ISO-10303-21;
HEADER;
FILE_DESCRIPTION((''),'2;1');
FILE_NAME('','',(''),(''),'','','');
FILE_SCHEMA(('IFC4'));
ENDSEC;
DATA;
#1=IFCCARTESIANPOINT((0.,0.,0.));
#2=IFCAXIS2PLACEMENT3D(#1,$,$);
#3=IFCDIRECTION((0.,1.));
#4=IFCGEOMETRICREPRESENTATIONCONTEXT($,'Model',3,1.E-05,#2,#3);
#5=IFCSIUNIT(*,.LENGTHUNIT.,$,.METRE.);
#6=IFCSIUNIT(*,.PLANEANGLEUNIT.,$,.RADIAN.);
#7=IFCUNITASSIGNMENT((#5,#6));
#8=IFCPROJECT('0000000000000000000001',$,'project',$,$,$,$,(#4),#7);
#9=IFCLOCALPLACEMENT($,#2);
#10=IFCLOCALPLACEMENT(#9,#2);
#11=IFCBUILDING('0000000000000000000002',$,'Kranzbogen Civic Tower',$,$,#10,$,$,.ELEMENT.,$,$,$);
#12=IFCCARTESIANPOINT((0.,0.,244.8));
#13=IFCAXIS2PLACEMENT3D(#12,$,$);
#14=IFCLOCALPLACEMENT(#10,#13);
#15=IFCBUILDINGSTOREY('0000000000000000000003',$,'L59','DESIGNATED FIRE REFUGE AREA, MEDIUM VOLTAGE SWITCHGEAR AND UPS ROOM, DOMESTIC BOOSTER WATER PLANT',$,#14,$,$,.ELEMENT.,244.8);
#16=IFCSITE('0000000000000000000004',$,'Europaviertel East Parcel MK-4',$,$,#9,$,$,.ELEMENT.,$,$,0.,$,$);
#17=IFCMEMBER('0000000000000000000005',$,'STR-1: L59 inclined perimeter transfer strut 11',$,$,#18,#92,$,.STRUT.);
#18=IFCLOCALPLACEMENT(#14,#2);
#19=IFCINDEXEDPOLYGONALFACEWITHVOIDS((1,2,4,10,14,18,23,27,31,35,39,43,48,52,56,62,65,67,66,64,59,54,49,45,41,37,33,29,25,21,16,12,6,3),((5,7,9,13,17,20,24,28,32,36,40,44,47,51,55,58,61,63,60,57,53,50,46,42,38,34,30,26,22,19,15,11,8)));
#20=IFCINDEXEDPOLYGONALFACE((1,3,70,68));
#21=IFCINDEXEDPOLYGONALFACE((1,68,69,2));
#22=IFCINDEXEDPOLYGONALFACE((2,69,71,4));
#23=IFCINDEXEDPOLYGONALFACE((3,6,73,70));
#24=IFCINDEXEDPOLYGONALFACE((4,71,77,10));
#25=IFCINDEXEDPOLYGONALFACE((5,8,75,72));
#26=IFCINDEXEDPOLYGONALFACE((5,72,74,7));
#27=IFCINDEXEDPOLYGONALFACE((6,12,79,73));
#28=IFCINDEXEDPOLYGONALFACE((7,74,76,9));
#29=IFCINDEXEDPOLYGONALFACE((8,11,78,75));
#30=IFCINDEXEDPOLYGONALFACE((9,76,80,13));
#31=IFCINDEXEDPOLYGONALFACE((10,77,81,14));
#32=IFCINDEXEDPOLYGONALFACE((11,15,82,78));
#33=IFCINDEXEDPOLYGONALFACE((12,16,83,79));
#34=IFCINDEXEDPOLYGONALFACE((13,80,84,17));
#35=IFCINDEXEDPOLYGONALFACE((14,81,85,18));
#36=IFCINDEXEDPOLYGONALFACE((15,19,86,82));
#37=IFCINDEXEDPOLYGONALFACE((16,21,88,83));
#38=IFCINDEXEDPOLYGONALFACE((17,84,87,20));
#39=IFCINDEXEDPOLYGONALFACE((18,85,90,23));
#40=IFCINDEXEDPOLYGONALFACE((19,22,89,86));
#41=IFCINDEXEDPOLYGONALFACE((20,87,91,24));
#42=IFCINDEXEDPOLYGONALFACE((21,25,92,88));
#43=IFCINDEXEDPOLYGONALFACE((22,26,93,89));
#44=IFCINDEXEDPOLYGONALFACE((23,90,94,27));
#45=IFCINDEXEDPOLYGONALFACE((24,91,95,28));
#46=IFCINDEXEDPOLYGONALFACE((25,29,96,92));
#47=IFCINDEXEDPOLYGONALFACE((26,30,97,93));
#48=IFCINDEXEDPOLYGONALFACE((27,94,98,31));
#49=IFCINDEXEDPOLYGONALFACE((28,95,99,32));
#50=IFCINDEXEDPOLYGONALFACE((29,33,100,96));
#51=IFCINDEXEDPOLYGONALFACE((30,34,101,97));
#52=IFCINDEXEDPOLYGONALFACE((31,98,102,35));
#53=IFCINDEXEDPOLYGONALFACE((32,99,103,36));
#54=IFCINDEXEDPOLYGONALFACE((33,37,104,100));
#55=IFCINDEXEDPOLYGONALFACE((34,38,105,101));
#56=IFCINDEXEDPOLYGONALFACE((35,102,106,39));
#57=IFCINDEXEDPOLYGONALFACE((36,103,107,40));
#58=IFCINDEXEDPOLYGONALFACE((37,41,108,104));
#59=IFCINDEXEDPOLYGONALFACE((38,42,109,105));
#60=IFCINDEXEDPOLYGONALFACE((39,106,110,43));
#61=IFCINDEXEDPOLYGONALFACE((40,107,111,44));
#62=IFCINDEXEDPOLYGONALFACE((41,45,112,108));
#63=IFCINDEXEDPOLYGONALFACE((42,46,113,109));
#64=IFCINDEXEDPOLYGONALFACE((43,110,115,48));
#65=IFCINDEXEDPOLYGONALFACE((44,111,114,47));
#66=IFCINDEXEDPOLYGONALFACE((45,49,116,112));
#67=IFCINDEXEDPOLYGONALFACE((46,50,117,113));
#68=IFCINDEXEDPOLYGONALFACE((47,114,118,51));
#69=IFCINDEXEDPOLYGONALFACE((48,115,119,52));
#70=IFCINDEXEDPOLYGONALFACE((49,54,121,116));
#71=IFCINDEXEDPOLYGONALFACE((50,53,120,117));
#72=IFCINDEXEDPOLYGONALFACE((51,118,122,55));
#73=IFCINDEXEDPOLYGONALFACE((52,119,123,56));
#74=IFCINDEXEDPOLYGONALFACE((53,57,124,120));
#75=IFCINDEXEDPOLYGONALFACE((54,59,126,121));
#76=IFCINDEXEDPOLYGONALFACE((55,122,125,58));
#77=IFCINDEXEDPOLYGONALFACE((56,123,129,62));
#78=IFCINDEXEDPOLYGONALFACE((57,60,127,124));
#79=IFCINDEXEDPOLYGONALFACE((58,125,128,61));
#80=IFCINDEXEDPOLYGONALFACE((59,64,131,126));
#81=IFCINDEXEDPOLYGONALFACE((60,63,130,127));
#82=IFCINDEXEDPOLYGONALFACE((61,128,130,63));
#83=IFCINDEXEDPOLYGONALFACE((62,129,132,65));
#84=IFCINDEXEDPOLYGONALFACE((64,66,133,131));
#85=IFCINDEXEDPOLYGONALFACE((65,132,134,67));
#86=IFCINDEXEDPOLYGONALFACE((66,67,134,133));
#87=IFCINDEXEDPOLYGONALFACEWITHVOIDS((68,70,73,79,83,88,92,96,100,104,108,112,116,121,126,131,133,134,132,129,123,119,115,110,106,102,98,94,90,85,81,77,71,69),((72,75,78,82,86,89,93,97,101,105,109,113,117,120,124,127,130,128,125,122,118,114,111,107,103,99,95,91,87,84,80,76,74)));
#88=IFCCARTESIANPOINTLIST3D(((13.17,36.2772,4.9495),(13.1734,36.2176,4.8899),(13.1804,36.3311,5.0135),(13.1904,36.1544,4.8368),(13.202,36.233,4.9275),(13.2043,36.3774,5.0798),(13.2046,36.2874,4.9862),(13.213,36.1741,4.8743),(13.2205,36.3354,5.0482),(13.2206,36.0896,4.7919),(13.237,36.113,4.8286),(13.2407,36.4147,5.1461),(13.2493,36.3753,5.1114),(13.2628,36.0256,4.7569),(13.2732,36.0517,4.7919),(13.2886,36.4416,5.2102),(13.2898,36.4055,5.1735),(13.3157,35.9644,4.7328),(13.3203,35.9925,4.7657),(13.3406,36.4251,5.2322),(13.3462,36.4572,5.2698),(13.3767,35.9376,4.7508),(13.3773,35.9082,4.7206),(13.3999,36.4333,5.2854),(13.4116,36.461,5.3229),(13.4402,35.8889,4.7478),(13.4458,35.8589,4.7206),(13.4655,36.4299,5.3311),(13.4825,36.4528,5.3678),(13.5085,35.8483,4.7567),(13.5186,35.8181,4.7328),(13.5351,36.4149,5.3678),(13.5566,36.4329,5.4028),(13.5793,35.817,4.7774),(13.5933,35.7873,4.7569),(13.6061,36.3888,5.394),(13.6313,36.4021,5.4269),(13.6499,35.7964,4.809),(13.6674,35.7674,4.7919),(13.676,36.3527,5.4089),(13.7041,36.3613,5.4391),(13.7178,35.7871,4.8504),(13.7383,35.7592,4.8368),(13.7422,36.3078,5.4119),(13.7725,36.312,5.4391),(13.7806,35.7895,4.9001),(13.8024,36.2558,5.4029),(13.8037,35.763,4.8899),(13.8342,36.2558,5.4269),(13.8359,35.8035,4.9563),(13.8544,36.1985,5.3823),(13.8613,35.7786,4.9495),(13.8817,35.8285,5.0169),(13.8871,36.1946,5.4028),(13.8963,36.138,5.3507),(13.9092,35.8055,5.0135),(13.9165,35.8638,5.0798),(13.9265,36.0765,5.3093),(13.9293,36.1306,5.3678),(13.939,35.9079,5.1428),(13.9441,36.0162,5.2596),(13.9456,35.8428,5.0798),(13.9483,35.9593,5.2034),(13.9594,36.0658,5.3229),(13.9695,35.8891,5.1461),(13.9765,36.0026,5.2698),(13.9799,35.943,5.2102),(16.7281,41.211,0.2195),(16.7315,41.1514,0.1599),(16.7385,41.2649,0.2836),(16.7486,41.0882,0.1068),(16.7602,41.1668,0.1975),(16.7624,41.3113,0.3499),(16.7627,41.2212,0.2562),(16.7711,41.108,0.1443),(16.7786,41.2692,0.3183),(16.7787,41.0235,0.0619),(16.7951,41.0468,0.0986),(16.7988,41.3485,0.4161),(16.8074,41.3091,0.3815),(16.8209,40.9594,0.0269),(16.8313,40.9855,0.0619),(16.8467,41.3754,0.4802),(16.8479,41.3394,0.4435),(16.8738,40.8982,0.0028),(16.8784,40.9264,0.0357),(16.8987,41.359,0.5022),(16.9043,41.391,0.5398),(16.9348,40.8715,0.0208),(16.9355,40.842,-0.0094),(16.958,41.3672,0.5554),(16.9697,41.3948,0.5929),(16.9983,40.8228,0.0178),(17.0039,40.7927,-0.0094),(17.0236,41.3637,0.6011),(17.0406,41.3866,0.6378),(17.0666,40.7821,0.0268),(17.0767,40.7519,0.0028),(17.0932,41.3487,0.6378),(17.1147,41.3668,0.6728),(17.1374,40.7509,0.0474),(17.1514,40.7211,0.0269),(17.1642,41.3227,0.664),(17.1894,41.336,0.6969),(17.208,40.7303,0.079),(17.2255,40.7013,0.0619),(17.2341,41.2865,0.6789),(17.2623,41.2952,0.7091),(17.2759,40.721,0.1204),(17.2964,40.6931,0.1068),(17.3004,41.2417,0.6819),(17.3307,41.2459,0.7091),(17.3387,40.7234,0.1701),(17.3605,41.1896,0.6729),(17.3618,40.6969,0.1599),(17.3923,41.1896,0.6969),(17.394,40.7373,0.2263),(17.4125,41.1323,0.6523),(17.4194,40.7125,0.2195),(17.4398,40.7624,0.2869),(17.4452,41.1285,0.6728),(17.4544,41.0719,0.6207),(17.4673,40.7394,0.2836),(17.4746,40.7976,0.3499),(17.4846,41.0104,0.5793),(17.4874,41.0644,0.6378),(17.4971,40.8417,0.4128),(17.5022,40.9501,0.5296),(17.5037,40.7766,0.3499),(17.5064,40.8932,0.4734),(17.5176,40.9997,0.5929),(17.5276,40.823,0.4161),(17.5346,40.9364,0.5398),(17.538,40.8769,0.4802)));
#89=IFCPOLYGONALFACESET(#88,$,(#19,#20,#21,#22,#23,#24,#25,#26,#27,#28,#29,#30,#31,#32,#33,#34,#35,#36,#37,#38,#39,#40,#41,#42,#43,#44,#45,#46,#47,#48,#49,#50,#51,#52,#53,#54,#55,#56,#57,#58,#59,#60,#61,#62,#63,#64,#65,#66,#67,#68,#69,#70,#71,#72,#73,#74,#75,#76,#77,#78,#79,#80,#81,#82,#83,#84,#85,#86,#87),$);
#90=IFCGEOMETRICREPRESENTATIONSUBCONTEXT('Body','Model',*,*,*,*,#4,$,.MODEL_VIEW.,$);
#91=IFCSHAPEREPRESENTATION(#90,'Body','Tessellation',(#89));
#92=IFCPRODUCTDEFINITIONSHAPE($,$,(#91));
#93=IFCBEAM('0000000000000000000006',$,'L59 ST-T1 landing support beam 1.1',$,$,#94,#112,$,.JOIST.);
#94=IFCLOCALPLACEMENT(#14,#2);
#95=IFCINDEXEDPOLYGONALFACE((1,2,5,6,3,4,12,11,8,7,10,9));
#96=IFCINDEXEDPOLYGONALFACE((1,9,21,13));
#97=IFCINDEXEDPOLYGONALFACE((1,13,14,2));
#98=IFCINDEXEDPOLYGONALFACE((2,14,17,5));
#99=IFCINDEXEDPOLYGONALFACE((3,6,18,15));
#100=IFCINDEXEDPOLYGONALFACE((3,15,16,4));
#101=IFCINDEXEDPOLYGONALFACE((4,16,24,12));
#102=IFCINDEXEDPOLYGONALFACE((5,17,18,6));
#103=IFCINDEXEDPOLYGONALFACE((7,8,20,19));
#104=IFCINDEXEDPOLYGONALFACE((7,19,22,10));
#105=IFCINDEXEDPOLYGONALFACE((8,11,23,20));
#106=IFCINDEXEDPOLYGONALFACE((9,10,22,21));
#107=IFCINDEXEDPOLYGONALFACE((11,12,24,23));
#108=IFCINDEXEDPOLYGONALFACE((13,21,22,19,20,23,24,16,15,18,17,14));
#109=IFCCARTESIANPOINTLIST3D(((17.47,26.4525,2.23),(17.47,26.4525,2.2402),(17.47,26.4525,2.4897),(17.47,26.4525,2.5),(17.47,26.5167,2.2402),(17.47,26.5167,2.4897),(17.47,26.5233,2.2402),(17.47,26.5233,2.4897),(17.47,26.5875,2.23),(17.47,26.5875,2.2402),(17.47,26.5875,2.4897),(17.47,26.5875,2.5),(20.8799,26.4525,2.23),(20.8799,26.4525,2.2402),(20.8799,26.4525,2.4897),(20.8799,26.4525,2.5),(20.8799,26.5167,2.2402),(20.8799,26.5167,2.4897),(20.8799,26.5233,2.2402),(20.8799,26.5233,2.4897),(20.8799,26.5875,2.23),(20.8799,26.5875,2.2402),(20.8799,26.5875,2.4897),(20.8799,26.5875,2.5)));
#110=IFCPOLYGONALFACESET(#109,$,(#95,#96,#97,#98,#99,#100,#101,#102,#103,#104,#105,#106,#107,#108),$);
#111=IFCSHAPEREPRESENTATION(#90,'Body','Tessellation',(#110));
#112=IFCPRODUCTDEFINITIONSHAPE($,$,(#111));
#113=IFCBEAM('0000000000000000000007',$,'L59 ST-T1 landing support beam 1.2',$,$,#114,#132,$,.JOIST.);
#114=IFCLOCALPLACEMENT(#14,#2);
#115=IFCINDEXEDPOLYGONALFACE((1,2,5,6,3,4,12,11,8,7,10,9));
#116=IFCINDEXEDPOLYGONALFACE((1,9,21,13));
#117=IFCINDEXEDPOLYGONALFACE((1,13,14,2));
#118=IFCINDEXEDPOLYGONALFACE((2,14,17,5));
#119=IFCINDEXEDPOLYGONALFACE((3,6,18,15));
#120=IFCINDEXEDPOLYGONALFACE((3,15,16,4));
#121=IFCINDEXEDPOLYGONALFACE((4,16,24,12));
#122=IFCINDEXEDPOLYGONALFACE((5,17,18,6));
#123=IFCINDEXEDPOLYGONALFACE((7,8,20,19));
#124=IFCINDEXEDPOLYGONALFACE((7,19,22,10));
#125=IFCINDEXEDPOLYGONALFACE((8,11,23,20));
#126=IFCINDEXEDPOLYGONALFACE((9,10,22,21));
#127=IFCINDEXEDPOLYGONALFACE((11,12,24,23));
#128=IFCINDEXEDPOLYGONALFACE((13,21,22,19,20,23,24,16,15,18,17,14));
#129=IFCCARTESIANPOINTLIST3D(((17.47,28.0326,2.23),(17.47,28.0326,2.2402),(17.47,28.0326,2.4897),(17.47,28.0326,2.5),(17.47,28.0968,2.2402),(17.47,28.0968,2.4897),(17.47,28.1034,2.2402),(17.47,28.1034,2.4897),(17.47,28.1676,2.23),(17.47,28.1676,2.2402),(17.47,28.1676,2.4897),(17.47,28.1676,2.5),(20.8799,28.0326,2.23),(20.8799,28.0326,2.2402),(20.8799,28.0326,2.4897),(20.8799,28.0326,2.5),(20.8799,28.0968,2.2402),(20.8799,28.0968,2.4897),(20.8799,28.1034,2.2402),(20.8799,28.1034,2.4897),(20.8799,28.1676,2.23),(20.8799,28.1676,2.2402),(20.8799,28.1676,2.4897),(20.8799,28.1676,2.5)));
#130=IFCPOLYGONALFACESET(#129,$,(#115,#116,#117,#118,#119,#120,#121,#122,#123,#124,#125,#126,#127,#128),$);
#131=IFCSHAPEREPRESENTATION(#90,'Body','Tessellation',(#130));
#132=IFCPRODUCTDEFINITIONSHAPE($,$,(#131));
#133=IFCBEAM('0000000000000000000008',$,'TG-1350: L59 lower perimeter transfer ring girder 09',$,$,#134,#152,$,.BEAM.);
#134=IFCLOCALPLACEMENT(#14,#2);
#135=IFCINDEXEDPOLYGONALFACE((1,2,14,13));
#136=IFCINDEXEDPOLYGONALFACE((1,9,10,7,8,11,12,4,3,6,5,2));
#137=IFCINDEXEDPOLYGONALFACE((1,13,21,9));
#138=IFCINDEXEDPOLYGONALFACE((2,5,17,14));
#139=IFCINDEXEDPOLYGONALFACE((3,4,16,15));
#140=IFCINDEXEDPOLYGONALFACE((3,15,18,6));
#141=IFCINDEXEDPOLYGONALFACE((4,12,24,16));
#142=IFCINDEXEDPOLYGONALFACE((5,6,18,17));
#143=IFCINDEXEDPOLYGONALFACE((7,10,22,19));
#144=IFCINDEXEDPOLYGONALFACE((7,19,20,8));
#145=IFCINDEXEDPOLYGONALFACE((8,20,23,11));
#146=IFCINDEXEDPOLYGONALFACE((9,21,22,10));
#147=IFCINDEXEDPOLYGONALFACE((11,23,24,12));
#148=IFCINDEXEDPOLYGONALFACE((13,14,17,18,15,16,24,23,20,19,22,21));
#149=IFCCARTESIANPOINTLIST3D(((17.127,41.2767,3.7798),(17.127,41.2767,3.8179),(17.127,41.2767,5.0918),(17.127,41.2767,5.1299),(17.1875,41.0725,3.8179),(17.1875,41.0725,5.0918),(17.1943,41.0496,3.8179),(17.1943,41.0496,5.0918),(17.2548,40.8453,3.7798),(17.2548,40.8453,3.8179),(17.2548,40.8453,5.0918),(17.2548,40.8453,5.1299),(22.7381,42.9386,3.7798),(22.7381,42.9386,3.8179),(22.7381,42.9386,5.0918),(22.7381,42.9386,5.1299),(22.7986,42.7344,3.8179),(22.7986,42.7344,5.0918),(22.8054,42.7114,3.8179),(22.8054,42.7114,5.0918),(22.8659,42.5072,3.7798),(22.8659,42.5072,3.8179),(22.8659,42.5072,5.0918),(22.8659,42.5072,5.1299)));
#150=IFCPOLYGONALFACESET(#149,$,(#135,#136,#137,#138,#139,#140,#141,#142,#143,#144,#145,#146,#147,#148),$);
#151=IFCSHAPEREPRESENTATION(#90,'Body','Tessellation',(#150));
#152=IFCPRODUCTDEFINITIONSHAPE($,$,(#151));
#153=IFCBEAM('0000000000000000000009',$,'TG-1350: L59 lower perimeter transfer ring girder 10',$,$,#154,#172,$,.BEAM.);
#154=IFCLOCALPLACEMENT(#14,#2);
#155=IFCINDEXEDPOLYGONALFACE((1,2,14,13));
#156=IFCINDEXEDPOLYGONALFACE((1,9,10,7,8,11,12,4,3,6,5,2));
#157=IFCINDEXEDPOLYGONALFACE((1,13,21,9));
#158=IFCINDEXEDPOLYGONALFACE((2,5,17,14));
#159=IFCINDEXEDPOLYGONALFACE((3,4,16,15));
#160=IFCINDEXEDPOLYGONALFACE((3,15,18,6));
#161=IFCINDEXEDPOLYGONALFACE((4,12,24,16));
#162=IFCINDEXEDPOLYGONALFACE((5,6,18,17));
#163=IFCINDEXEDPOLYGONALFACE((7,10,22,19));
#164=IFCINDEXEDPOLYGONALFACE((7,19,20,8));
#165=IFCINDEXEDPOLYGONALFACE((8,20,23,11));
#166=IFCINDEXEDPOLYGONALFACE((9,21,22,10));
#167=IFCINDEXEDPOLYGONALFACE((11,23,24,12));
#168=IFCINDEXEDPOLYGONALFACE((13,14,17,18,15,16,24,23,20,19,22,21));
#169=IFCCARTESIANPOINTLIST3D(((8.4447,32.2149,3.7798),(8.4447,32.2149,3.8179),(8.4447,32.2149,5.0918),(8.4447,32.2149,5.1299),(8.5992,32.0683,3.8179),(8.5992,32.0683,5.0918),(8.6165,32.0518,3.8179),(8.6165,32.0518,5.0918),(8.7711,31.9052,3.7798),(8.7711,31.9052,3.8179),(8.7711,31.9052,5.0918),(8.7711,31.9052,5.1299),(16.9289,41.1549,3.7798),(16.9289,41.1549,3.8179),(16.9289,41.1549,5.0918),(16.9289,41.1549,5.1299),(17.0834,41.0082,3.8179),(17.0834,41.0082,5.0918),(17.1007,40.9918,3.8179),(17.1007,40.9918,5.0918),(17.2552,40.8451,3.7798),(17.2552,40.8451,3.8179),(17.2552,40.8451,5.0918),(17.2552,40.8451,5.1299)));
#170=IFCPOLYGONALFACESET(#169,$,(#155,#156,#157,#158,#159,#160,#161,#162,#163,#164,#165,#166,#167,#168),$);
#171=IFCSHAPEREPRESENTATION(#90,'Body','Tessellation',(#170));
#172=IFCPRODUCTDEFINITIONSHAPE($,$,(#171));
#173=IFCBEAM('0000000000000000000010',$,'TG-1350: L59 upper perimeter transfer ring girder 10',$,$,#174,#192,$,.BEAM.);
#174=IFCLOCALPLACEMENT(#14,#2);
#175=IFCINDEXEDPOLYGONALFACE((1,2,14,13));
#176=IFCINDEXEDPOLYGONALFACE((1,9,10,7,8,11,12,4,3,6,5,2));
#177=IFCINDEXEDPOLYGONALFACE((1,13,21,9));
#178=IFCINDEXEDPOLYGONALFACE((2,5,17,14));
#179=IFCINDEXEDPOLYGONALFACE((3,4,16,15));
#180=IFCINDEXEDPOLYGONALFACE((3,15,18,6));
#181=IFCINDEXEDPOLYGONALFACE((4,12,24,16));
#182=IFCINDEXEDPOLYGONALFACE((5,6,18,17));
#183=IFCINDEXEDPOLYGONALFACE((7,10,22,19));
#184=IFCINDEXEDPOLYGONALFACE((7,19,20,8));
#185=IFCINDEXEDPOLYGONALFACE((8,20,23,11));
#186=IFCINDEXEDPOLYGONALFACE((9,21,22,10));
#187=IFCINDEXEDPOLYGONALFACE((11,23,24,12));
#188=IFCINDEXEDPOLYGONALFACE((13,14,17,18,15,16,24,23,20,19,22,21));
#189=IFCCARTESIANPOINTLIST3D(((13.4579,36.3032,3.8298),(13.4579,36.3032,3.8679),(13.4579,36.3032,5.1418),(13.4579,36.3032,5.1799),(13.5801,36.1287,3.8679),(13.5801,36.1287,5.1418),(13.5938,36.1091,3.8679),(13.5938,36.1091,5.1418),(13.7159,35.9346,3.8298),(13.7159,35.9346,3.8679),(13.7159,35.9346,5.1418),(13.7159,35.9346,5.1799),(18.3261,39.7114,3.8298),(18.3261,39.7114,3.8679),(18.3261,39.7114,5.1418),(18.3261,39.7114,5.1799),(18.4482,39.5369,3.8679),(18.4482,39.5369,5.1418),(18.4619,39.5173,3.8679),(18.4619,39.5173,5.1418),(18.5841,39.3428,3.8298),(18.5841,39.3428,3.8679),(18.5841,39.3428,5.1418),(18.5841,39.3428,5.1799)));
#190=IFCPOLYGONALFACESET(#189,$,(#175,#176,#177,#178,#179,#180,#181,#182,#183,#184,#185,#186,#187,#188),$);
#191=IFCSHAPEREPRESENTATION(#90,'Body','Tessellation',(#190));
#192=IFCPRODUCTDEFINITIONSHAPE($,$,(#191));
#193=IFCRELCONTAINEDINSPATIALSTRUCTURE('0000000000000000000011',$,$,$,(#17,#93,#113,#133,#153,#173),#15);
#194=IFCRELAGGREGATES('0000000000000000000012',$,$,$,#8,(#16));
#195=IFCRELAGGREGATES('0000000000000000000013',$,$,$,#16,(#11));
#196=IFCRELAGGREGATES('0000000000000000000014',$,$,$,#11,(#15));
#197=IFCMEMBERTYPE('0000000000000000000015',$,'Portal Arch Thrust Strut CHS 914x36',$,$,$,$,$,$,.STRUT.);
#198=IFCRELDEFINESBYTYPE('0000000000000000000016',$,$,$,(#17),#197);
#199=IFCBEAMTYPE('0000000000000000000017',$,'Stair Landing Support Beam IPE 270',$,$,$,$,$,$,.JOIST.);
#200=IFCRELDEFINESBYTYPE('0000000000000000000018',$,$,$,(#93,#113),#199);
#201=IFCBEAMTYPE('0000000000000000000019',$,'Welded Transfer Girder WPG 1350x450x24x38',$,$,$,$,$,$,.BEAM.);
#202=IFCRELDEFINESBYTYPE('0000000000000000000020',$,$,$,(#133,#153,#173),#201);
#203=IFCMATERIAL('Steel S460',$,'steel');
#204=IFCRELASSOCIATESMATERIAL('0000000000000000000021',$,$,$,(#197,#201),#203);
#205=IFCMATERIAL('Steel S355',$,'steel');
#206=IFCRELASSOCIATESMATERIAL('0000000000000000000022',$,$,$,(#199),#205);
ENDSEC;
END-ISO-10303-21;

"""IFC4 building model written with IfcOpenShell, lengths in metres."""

from ifc_helpers import new_model, si_unit, direction, frame, origin, origin_2d, place, context, subcontext, project, spatial, hollow_circle, i_section, extrude, material, material_profile, profile_set, type_object, element, save


model = new_model("IFC4")

# Units and contexts
model_context = context("Model", 3, precision=1e-05, world=origin(), true_north=direction((0.0, 1.0)))
body_context = subcontext(model_context, "Body", "Model", "MODEL_VIEW")
ifc_project = project(units=[si_unit("LENGTHUNIT", "METRE"), si_unit("PLANEANGLEUNIT", "RADIAN")], contexts=[model_context])

# Site, building, storey
site_placement = place(None, origin())
site = spatial("IfcSite", under=ifc_project, at=site_placement, Name="Europaviertel East Parcel MK-4", CompositionType="ELEMENT", RefElevation=0.0)
building_placement = place(site_placement, origin())
building = spatial("IfcBuilding", under=site, at=building_placement, Name="Kranzbogen Civic Tower", CompositionType="ELEMENT")
storey_placement = place(building_placement, frame((0.0, 0.0, 244.8)))
storey = spatial("IfcBuildingStorey", under=building, at=storey_placement, Name="L59", Description="DESIGNATED FIRE REFUGE AREA, MEDIUM VOLTAGE SWITCHGEAR AND UPS ROOM, DOMESTIC BOOSTER WATER PLANT", CompositionType="ELEMENT", Elevation=244.8)

# Shared definitions
ifc_material_1 = material(Name="Steel S355", Category="steel")
ifc_material_2 = material(Name="Steel S460", Category="steel")

# Member
ifc_material_profile_1 = material_profile(ifc_material_2, hollow_circle(Radius=0.457, WallThickness=0.0359, at=origin_2d()), Name="CHS 914x36")
ifc_profile_set_1 = profile_set([ifc_material_profile_1], Name="Steel S460")
member_type_1 = type_object("IfcMemberType", Name="Portal Arch Thrust Strut CHS 914x36", PredefinedType="STRUT", material=ifc_profile_set_1)
member_1_placement = place(storey_placement, frame((17.1331, 41.0439, 0.3499), z_axis=(-0.461758, -0.640296, 0.61384), x_axis=(0.811086, -0.584926, 0.0)))
element("IfcMember", 1, at=member_1_placement, inside=storey, type_object=member_type_1, Name="STR-1: L59 inclined perimeter transfer strut 11", PredefinedType="STRUT", context=body_context, shape_type="SweptSolid", body=[
    extrude(hollow_circle(Radius=0.457, WallThickness=0.0359, at=origin_2d()), origin(), (0.0, 0.0, 1.0), 7.7056),
])

# Beams
ifc_material_profile_2 = material_profile(ifc_material_1, i_section(OverallWidth=0.135, OverallDepth=0.27, WebThickness=0.0066, FlangeThickness=0.0103, at=origin_2d()), Name="IPE 270")
ifc_profile_set_2 = profile_set([ifc_material_profile_2], Name="Steel S355")
beam_type_1 = type_object("IfcBeamType", Name="Stair Landing Support Beam IPE 270", PredefinedType="JOIST", material=ifc_profile_set_2)
for number, where, z_axis, x_axis, name in (
    (2, (20.8799, 26.52, 2.365), (-1.0, 0.0, 0.0), (0.0, -1.0, 0.0), "L59 ST-T1 landing support beam 1.1"),
    (3, (20.8799, 28.1001, 2.365), (-1.0, 0.0, 0.0), (0.0, -1.0, 0.0), "L59 ST-T1 landing support beam 1.2"),
):
    element("IfcBeam", number, at=place(storey_placement, frame(where, z_axis=z_axis, x_axis=x_axis)), inside=storey, type_object=beam_type_1, Name=name, PredefinedType="JOIST", context=body_context, shape_type="SweptSolid", body=[
        extrude(i_section(OverallWidth=0.135, OverallDepth=0.27, WebThickness=0.0066, FlangeThickness=0.0103, at=origin_2d()), origin(), (0.0, 0.0, 1.0), 3.4099),
    ])
ifc_material_profile_3 = material_profile(ifc_material_2, i_section(OverallWidth=0.45, OverallDepth=1.3501, WebThickness=0.0239, FlangeThickness=0.0381, at=origin_2d()), Name="WPG 1350x450x24x38")
ifc_profile_set_3 = profile_set([ifc_material_profile_3], Name="Steel S460")
beam_type_2 = type_object("IfcBeamType", Name="Welded Transfer Girder WPG 1350x450x24x38", PredefinedType="BEAM", material=ifc_profile_set_3)
beam_1_placement = place(storey_placement, frame((22.802, 42.7229, 4.4548), z_axis=(-0.95883, -0.283982, 0.0), x_axis=(0.283982, -0.95883, 0.0)))
element("IfcBeam", 4, at=beam_1_placement, inside=storey, type_object=beam_type_2, Name="TG-1350: L59 lower perimeter transfer ring girder 09", PredefinedType="BEAM", context=body_context, shape_type="SweptSolid", body=[
    extrude(i_section(OverallWidth=0.45, OverallDepth=1.3501, WebThickness=0.0239, FlangeThickness=0.0381, at=origin_2d()), origin(), (0.0, 0.0, 1.0), 5.8521),
])
beam_2_placement = place(storey_placement, frame((17.092, 41.0, 4.4548), z_axis=(-0.688373, -0.725356, 0.0), x_axis=(0.725356, -0.688373, 0.0)))
element("IfcBeam", 5, at=beam_2_placement, inside=storey, type_object=beam_type_2, Name="TG-1350: L59 lower perimeter transfer ring girder 10", PredefinedType="BEAM", context=body_context, shape_type="SweptSolid", body=[
    extrude(i_section(OverallWidth=0.45, OverallDepth=1.3501, WebThickness=0.0239, FlangeThickness=0.0381, at=origin_2d()), origin(), (0.0, 0.0, 1.0), 12.325),
])
beam_3_placement = place(storey_placement, frame((18.4551, 39.5271, 4.5049), z_axis=(-0.819193, -0.573517, 0.0), x_axis=(0.573517, -0.819193, 0.0)))
element("IfcBeam", 6, at=beam_3_placement, inside=storey, type_object=beam_type_2, Name="TG-1350: L59 upper perimeter transfer ring girder 10", PredefinedType="BEAM", context=body_context, shape_type="SweptSolid", body=[
    extrude(i_section(OverallWidth=0.45, OverallDepth=1.3501, WebThickness=0.0239, FlangeThickness=0.0381, at=origin_2d()), origin(), (0.0, 0.0, 1.0), 5.9426),
])

save(model, "model.ifc")
